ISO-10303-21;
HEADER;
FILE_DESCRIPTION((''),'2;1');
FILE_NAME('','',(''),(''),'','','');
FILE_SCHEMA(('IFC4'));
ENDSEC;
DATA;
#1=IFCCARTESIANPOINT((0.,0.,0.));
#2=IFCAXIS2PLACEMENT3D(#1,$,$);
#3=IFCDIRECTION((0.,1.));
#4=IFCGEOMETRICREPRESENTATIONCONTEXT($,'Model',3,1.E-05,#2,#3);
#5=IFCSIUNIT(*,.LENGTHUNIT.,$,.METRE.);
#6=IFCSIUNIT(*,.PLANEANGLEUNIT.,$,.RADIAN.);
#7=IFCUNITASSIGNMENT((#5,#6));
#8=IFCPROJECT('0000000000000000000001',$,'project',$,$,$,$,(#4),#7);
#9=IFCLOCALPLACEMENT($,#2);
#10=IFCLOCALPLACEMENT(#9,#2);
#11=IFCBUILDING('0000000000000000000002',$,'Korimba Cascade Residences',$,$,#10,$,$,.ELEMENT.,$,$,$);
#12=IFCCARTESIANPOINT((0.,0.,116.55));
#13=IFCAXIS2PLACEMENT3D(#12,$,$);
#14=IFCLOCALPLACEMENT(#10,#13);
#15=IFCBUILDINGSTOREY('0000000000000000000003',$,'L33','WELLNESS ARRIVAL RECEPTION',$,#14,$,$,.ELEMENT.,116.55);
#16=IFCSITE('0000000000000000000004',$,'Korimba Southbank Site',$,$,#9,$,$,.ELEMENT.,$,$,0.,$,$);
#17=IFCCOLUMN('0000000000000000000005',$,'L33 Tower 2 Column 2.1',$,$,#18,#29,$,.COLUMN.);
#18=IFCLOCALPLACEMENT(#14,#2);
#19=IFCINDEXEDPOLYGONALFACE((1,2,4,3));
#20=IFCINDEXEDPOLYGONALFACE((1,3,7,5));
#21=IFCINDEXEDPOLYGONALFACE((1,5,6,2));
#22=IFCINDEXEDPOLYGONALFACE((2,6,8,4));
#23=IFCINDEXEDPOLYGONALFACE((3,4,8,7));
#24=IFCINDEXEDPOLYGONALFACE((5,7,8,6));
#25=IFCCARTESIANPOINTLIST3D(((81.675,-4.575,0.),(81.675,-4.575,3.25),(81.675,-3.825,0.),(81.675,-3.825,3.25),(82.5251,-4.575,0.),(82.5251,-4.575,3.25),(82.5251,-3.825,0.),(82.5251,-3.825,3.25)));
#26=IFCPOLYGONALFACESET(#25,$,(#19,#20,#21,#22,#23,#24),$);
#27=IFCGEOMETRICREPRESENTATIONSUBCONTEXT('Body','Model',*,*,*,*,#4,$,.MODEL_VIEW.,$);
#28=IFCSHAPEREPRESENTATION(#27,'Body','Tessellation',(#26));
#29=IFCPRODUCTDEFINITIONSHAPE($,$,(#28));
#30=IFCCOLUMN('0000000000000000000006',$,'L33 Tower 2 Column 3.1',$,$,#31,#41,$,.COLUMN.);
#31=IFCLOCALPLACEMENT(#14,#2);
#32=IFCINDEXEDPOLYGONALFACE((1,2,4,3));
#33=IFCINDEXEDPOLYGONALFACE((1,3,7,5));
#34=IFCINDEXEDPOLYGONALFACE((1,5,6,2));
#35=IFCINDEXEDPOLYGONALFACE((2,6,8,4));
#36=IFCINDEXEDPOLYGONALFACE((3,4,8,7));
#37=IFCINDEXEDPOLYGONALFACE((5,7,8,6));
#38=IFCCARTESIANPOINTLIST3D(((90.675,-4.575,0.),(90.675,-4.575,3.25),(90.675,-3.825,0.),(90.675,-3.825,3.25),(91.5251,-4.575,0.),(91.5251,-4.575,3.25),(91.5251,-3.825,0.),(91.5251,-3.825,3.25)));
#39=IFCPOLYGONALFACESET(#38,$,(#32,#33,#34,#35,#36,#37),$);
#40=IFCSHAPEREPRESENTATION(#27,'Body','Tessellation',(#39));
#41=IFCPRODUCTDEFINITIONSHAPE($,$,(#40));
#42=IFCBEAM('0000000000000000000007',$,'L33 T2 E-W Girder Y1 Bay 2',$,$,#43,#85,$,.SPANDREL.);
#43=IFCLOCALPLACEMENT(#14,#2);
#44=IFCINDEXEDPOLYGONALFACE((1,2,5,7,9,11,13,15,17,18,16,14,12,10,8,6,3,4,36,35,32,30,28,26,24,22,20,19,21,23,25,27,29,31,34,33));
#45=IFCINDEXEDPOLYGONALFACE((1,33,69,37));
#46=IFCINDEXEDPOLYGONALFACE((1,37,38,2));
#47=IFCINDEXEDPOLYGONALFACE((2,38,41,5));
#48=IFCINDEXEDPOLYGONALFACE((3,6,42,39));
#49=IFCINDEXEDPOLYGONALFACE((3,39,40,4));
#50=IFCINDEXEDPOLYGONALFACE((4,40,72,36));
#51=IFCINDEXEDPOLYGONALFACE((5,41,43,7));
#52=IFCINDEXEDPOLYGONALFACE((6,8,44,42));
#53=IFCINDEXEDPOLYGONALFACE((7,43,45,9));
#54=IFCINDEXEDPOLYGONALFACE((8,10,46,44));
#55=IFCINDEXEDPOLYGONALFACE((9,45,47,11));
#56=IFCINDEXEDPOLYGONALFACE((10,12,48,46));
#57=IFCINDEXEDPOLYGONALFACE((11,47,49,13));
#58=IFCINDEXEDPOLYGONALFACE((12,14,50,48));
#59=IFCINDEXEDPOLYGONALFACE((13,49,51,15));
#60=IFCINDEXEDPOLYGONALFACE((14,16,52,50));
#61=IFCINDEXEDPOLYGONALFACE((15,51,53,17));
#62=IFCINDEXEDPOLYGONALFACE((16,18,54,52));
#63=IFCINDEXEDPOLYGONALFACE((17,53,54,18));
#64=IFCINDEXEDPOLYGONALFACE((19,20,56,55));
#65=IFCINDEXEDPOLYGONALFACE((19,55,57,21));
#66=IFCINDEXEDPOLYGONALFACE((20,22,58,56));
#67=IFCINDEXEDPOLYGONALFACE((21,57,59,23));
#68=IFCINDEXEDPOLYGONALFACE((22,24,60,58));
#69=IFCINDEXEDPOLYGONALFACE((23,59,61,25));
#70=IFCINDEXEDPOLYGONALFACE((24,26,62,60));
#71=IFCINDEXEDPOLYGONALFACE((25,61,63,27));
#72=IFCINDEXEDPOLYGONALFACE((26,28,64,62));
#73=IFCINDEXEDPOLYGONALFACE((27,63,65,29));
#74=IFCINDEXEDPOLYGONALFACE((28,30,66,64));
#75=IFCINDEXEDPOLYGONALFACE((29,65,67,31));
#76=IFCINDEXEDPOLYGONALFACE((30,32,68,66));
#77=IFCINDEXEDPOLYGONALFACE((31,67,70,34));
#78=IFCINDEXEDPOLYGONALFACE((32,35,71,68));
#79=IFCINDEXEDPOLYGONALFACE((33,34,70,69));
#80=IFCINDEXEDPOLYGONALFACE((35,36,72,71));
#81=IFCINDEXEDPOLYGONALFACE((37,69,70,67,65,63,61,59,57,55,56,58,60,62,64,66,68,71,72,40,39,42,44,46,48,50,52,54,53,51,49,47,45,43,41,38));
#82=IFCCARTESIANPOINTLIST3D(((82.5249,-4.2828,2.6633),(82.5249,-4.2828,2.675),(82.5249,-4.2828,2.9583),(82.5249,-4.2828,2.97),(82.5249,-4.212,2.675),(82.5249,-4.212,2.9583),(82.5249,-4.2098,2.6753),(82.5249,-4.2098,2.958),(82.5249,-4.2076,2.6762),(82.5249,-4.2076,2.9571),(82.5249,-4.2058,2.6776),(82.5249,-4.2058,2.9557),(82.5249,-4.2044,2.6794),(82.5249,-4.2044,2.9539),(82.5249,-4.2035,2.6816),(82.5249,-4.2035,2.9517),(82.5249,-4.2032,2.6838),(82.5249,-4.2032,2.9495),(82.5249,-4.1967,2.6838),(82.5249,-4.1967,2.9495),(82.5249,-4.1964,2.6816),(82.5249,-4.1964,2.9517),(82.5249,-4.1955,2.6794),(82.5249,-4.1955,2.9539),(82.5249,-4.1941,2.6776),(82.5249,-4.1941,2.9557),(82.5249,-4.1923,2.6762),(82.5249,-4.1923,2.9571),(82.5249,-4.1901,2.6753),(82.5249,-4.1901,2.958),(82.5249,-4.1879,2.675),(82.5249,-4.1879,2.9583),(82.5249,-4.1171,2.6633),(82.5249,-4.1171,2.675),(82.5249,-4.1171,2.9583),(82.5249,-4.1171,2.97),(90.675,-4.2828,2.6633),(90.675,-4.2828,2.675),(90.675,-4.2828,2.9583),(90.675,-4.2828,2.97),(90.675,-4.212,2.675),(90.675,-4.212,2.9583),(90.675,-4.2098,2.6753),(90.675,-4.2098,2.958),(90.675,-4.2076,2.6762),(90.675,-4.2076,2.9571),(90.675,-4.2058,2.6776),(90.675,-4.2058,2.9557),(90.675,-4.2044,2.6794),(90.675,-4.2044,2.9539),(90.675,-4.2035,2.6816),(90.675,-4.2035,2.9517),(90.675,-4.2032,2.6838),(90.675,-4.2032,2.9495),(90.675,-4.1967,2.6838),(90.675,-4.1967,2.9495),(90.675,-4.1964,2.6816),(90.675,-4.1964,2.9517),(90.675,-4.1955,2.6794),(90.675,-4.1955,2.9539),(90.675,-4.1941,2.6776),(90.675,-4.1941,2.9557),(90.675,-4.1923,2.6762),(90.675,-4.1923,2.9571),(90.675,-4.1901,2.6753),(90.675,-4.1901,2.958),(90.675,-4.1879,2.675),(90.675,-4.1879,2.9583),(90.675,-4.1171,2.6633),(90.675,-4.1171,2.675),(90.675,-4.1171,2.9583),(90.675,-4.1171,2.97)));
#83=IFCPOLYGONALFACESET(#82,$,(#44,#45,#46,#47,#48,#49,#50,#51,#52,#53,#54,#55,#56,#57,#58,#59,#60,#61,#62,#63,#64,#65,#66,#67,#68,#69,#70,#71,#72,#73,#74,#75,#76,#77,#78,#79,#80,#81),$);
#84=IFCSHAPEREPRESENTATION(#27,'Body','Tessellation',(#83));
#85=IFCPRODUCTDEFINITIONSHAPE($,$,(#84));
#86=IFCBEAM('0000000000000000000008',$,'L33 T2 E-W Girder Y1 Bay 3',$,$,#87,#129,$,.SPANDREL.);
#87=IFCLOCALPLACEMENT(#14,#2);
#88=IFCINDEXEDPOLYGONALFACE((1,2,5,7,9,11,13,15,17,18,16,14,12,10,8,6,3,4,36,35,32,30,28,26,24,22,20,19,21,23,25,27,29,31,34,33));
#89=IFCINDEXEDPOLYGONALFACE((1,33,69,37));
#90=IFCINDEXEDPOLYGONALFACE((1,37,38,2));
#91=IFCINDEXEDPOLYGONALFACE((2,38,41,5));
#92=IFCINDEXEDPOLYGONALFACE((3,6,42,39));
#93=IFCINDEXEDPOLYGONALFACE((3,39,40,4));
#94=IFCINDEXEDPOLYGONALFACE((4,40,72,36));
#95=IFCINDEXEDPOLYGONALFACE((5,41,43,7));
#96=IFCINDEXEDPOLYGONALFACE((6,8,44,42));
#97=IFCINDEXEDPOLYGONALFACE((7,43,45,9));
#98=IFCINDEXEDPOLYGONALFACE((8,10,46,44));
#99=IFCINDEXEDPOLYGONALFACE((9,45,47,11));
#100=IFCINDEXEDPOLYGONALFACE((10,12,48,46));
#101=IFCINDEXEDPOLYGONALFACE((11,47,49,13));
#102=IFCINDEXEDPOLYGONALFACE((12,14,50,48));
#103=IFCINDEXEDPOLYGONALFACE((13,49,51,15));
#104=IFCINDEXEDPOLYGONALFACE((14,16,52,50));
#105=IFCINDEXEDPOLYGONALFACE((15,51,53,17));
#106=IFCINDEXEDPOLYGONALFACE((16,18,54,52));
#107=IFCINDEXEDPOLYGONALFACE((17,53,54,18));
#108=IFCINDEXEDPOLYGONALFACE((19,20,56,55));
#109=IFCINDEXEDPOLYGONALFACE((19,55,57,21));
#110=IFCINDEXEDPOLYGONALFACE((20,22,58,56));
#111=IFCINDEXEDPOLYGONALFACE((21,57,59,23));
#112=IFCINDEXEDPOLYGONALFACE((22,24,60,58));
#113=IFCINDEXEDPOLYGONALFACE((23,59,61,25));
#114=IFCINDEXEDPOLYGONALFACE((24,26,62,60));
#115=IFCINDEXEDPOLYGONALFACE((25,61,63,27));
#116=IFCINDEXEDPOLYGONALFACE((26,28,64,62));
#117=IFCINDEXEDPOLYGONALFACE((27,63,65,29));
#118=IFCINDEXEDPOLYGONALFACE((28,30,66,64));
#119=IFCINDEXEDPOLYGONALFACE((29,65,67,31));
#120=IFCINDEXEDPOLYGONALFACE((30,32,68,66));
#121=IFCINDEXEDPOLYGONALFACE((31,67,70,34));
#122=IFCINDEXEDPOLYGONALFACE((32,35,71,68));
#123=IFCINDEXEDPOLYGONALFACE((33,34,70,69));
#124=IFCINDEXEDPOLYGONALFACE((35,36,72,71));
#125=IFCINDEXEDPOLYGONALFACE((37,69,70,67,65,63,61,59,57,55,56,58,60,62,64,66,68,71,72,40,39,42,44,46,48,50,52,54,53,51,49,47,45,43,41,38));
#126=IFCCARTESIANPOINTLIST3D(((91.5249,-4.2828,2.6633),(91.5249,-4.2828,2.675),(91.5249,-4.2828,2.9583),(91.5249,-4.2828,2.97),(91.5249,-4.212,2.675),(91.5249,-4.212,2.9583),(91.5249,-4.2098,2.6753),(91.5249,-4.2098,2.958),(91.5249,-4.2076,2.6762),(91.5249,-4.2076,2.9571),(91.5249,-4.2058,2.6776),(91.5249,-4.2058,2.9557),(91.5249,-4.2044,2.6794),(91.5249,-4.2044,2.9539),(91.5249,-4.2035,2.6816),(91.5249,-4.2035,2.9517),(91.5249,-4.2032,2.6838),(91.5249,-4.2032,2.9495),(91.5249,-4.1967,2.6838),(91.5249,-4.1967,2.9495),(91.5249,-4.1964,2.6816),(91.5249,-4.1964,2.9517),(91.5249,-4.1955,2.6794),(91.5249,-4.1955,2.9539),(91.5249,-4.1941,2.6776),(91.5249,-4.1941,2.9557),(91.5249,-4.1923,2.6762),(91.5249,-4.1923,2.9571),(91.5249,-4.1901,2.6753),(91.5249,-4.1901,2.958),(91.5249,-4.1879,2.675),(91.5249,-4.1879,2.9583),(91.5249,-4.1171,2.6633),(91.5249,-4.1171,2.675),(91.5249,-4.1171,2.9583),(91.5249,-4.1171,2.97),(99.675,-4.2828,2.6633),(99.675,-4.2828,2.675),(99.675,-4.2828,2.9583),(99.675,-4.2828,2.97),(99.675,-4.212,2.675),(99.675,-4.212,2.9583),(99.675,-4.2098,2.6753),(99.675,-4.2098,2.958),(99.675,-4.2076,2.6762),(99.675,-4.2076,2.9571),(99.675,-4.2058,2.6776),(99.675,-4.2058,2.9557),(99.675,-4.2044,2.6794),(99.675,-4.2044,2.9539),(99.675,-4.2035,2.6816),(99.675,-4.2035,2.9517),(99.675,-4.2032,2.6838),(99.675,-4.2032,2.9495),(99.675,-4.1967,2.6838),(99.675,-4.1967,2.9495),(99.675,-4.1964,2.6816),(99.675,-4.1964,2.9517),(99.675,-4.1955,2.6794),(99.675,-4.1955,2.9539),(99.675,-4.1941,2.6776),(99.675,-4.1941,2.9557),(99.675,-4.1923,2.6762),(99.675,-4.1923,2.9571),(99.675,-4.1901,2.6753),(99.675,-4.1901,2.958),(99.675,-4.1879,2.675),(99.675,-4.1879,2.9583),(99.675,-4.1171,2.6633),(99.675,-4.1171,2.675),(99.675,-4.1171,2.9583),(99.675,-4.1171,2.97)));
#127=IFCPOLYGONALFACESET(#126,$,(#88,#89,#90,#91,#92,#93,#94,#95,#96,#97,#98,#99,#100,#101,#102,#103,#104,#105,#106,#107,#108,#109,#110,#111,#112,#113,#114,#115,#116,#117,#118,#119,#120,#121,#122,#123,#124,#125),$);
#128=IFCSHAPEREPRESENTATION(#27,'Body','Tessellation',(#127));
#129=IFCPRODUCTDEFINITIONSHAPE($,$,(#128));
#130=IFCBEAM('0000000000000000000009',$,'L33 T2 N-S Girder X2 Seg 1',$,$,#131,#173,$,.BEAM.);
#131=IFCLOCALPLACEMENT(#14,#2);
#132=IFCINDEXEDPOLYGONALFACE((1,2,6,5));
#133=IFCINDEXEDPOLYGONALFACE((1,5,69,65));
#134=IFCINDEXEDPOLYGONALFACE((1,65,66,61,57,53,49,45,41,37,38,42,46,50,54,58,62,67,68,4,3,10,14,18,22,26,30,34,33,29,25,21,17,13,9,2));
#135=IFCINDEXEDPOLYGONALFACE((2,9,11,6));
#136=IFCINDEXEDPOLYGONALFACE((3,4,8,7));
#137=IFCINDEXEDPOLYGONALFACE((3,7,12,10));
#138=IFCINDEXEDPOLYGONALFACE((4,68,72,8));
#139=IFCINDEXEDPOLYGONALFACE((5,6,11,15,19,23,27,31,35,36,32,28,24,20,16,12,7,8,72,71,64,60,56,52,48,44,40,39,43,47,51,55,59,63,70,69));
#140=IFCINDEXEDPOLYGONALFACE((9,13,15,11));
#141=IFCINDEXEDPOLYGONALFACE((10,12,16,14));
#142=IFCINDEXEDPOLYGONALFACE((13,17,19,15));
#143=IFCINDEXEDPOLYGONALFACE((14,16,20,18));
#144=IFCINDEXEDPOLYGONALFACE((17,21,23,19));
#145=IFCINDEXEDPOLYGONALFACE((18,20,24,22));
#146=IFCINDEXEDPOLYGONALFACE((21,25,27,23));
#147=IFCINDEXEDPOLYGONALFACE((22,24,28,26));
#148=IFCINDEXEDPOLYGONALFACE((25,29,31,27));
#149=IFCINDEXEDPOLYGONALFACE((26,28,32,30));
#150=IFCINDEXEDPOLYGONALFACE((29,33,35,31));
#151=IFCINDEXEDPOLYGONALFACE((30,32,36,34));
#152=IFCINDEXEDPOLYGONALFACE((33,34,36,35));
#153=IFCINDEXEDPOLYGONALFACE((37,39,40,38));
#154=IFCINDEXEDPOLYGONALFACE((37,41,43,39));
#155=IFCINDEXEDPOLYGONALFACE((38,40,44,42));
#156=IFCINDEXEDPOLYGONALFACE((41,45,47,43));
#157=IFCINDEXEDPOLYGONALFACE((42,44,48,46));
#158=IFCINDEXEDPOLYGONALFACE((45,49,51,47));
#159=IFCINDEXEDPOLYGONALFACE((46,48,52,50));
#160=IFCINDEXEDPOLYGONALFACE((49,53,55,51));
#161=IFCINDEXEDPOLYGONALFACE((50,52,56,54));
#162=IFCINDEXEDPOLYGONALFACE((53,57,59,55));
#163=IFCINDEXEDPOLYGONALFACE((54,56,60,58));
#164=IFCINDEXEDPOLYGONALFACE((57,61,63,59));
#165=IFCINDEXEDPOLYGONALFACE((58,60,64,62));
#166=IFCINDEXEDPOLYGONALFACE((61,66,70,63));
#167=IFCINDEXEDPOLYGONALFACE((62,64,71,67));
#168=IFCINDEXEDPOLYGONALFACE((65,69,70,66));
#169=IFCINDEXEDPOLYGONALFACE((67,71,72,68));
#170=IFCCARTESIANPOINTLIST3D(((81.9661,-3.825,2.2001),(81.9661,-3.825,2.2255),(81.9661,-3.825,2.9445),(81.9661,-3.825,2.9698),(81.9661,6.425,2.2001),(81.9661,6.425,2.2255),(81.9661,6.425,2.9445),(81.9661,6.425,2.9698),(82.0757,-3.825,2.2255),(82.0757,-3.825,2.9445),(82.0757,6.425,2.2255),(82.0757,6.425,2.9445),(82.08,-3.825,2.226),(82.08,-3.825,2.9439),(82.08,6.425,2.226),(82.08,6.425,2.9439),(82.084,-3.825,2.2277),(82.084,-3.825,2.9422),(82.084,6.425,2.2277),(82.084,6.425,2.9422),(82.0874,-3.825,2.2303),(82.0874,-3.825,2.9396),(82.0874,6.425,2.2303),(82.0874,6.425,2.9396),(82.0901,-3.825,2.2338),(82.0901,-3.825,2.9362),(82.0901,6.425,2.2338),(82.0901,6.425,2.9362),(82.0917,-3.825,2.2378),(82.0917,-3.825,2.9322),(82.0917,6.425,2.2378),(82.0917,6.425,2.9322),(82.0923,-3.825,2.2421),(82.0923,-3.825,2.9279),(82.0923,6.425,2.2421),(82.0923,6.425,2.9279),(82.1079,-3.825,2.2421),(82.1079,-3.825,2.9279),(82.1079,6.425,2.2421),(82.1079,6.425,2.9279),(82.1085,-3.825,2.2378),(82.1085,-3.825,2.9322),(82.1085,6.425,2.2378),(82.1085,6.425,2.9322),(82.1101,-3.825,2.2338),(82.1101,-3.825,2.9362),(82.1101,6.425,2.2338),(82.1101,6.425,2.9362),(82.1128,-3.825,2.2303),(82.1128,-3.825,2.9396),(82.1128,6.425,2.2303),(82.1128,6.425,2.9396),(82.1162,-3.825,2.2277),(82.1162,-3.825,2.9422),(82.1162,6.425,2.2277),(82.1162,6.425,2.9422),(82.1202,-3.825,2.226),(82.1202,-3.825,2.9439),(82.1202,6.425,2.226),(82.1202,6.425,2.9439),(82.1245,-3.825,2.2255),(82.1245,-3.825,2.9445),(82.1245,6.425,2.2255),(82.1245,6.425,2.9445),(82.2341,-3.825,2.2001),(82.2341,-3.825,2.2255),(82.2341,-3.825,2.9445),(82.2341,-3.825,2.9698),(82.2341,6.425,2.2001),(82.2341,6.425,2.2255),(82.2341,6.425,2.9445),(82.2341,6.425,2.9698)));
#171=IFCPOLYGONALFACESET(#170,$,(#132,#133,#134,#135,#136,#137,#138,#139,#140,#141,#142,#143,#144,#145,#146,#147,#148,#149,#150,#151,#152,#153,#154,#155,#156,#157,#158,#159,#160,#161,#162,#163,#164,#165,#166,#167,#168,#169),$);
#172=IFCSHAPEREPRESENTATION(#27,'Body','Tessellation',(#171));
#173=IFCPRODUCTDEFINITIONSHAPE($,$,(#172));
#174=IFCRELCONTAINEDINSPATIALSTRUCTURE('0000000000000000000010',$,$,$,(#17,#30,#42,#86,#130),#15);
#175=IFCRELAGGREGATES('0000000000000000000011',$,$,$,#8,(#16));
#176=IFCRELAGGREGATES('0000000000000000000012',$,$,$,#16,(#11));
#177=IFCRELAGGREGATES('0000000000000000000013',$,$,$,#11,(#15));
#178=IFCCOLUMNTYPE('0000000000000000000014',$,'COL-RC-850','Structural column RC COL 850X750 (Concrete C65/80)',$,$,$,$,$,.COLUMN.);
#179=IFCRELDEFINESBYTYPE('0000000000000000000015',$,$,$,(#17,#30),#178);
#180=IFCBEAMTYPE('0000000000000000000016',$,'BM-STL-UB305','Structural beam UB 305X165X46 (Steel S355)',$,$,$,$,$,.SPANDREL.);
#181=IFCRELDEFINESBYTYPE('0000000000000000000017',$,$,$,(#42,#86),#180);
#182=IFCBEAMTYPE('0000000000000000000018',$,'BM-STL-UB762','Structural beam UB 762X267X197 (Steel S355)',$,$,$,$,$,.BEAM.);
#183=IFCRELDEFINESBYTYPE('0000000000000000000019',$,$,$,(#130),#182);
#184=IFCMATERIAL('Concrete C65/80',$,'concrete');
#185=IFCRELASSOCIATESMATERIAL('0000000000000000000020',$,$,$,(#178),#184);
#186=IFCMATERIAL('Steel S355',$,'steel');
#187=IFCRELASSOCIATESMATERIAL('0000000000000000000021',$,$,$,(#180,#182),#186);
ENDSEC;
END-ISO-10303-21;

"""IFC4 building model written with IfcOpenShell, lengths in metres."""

from ifc_helpers import new_model, si_unit, direction, frame, origin, origin_2d, place, context, subcontext, project, spatial, rectangle, i_section, extrude, material, material_profile, profile_set, type_object, element, save


model = new_model("IFC4")

# Units and contexts
model_context = context("Model", 3, precision=1e-05, world=origin(), true_north=direction((0.0, 1.0)))
body_context = subcontext(model_context, "Body", "Model", "MODEL_VIEW")
ifc_project = project(units=[si_unit("LENGTHUNIT", "METRE"), si_unit("PLANEANGLEUNIT", "RADIAN")], contexts=[model_context])

# Site, building, storey
site_placement = place(None, origin())
site = spatial("IfcSite", under=ifc_project, at=site_placement, Name="Korimba Southbank Site", CompositionType="ELEMENT", RefElevation=0.0)
building_placement = place(site_placement, origin())
building = spatial("IfcBuilding", under=site, at=building_placement, Name="Korimba Cascade Residences", CompositionType="ELEMENT")
storey_placement = place(building_placement, frame((0.0, 0.0, 116.55)))
storey = spatial("IfcBuildingStorey", under=building, at=storey_placement, Name="L33", Description="WELLNESS ARRIVAL RECEPTION", CompositionType="ELEMENT", Elevation=116.55)

# Columns
ifc_material_1 = material(Name="Concrete C65/80", Category="concrete")
ifc_material_profile_1 = material_profile(ifc_material_1, rectangle(XDim=0.8501, YDim=0.75, at=origin_2d()), Name="Concrete C65/80")
ifc_profile_set_1 = profile_set([ifc_material_profile_1], Name="Concrete C65/80")
column_type = type_object("IfcColumnType", Name="COL-RC-850", Description="Structural column RC COL 850X750 (Concrete C65/80)", PredefinedType="COLUMN", material=ifc_profile_set_1)
for number, where, z_axis, x_axis, name in (
    (1, (82.1001, -4.2, 0.0), (0.0, 0.0, 1.0), (1.0, 0.0, 0.0), "L33 Tower 2 Column 2.1"),
    (2, (91.1001, -4.2, 0.0), (0.0, 0.0, 1.0), (1.0, 0.0, 0.0), "L33 Tower 2 Column 3.1"),
):
    element("IfcColumn", number, at=place(storey_placement, frame(where, z_axis=z_axis, x_axis=x_axis)), inside=storey, type_object=column_type, Name=name, PredefinedType="COLUMN", context=body_context, shape_type="SweptSolid", body=[
        extrude(rectangle(XDim=0.8501, YDim=0.75, at=origin_2d()), origin(), (0.0, 0.0, 1.0), 3.25),
    ])

# Beams
ifc_material_2 = material(Name="Steel S355", Category="steel")
ifc_material_profile_2 = material_profile(ifc_material_2, i_section(OverallWidth=0.1658, OverallDepth=0.3066, WebThickness=0.0066, FlangeThickness=0.0117, FilletRadius=0.0088, at=origin_2d()), Name="Steel S355")
ifc_profile_set_2 = profile_set([ifc_material_profile_2], Name="Steel S355")
beam_type_1 = type_object("IfcBeamType", Name="BM-STL-UB305", Description="Structural beam UB 305X165X46 (Steel S355)", PredefinedType="SPANDREL", material=ifc_profile_set_2)
for number, where, z_axis, x_axis, name in (
    (3, (82.5249, -4.2, 2.8167), (1.0, 0.0, 0.0), (0.0, 1.0, 0.0), "L33 T2 E-W Girder Y1 Bay 2"),
    (4, (91.5249, -4.2, 2.8167), (1.0, 0.0, 0.0), (0.0, 1.0, 0.0), "L33 T2 E-W Girder Y1 Bay 3"),
):
    element("IfcBeam", number, at=place(storey_placement, frame(where, z_axis=z_axis, x_axis=x_axis)), inside=storey, type_object=beam_type_1, Name=name, PredefinedType="SPANDREL", context=body_context, shape_type="SweptSolid", body=[
        extrude(i_section(OverallWidth=0.1658, OverallDepth=0.3066, WebThickness=0.0066, FlangeThickness=0.0117, FilletRadius=0.0088, at=origin_2d()), origin(), (0.0, 0.0, 1.0), 8.1501),
    ])
ifc_material_profile_3 = material_profile(ifc_material_2, i_section(OverallWidth=0.2681, OverallDepth=0.7698, WebThickness=0.0156, FlangeThickness=0.0254, FilletRadius=0.0166, at=origin_2d()), Name="Steel S355")
ifc_profile_set_3 = profile_set([ifc_material_profile_3], Name="Steel S355")
beam_type_2 = type_object("IfcBeamType", Name="BM-STL-UB762", Description="Structural beam UB 762X267X197 (Steel S355)", PredefinedType="BEAM", material=ifc_profile_set_3)
for number, where, z_axis, x_axis, name in (
    (5, (82.1001, -3.825, 2.585), (0.0, 1.0, 0.0), (-1.0, 0.0, 0.0), "L33 T2 N-S Girder X2 Seg 1"),
):
    element("IfcBeam", number, at=place(storey_placement, frame(where, z_axis=z_axis, x_axis=x_axis)), inside=storey, type_object=beam_type_2, Name=name, PredefinedType="BEAM", context=body_context, shape_type="SweptSolid", body=[
        extrude(i_section(OverallWidth=0.2681, OverallDepth=0.7698, WebThickness=0.0156, FlangeThickness=0.0254, FilletRadius=0.0166, at=origin_2d()), origin(), (0.0, 0.0, 1.0), 10.25),
    ])

save(model, "model.ifc")
